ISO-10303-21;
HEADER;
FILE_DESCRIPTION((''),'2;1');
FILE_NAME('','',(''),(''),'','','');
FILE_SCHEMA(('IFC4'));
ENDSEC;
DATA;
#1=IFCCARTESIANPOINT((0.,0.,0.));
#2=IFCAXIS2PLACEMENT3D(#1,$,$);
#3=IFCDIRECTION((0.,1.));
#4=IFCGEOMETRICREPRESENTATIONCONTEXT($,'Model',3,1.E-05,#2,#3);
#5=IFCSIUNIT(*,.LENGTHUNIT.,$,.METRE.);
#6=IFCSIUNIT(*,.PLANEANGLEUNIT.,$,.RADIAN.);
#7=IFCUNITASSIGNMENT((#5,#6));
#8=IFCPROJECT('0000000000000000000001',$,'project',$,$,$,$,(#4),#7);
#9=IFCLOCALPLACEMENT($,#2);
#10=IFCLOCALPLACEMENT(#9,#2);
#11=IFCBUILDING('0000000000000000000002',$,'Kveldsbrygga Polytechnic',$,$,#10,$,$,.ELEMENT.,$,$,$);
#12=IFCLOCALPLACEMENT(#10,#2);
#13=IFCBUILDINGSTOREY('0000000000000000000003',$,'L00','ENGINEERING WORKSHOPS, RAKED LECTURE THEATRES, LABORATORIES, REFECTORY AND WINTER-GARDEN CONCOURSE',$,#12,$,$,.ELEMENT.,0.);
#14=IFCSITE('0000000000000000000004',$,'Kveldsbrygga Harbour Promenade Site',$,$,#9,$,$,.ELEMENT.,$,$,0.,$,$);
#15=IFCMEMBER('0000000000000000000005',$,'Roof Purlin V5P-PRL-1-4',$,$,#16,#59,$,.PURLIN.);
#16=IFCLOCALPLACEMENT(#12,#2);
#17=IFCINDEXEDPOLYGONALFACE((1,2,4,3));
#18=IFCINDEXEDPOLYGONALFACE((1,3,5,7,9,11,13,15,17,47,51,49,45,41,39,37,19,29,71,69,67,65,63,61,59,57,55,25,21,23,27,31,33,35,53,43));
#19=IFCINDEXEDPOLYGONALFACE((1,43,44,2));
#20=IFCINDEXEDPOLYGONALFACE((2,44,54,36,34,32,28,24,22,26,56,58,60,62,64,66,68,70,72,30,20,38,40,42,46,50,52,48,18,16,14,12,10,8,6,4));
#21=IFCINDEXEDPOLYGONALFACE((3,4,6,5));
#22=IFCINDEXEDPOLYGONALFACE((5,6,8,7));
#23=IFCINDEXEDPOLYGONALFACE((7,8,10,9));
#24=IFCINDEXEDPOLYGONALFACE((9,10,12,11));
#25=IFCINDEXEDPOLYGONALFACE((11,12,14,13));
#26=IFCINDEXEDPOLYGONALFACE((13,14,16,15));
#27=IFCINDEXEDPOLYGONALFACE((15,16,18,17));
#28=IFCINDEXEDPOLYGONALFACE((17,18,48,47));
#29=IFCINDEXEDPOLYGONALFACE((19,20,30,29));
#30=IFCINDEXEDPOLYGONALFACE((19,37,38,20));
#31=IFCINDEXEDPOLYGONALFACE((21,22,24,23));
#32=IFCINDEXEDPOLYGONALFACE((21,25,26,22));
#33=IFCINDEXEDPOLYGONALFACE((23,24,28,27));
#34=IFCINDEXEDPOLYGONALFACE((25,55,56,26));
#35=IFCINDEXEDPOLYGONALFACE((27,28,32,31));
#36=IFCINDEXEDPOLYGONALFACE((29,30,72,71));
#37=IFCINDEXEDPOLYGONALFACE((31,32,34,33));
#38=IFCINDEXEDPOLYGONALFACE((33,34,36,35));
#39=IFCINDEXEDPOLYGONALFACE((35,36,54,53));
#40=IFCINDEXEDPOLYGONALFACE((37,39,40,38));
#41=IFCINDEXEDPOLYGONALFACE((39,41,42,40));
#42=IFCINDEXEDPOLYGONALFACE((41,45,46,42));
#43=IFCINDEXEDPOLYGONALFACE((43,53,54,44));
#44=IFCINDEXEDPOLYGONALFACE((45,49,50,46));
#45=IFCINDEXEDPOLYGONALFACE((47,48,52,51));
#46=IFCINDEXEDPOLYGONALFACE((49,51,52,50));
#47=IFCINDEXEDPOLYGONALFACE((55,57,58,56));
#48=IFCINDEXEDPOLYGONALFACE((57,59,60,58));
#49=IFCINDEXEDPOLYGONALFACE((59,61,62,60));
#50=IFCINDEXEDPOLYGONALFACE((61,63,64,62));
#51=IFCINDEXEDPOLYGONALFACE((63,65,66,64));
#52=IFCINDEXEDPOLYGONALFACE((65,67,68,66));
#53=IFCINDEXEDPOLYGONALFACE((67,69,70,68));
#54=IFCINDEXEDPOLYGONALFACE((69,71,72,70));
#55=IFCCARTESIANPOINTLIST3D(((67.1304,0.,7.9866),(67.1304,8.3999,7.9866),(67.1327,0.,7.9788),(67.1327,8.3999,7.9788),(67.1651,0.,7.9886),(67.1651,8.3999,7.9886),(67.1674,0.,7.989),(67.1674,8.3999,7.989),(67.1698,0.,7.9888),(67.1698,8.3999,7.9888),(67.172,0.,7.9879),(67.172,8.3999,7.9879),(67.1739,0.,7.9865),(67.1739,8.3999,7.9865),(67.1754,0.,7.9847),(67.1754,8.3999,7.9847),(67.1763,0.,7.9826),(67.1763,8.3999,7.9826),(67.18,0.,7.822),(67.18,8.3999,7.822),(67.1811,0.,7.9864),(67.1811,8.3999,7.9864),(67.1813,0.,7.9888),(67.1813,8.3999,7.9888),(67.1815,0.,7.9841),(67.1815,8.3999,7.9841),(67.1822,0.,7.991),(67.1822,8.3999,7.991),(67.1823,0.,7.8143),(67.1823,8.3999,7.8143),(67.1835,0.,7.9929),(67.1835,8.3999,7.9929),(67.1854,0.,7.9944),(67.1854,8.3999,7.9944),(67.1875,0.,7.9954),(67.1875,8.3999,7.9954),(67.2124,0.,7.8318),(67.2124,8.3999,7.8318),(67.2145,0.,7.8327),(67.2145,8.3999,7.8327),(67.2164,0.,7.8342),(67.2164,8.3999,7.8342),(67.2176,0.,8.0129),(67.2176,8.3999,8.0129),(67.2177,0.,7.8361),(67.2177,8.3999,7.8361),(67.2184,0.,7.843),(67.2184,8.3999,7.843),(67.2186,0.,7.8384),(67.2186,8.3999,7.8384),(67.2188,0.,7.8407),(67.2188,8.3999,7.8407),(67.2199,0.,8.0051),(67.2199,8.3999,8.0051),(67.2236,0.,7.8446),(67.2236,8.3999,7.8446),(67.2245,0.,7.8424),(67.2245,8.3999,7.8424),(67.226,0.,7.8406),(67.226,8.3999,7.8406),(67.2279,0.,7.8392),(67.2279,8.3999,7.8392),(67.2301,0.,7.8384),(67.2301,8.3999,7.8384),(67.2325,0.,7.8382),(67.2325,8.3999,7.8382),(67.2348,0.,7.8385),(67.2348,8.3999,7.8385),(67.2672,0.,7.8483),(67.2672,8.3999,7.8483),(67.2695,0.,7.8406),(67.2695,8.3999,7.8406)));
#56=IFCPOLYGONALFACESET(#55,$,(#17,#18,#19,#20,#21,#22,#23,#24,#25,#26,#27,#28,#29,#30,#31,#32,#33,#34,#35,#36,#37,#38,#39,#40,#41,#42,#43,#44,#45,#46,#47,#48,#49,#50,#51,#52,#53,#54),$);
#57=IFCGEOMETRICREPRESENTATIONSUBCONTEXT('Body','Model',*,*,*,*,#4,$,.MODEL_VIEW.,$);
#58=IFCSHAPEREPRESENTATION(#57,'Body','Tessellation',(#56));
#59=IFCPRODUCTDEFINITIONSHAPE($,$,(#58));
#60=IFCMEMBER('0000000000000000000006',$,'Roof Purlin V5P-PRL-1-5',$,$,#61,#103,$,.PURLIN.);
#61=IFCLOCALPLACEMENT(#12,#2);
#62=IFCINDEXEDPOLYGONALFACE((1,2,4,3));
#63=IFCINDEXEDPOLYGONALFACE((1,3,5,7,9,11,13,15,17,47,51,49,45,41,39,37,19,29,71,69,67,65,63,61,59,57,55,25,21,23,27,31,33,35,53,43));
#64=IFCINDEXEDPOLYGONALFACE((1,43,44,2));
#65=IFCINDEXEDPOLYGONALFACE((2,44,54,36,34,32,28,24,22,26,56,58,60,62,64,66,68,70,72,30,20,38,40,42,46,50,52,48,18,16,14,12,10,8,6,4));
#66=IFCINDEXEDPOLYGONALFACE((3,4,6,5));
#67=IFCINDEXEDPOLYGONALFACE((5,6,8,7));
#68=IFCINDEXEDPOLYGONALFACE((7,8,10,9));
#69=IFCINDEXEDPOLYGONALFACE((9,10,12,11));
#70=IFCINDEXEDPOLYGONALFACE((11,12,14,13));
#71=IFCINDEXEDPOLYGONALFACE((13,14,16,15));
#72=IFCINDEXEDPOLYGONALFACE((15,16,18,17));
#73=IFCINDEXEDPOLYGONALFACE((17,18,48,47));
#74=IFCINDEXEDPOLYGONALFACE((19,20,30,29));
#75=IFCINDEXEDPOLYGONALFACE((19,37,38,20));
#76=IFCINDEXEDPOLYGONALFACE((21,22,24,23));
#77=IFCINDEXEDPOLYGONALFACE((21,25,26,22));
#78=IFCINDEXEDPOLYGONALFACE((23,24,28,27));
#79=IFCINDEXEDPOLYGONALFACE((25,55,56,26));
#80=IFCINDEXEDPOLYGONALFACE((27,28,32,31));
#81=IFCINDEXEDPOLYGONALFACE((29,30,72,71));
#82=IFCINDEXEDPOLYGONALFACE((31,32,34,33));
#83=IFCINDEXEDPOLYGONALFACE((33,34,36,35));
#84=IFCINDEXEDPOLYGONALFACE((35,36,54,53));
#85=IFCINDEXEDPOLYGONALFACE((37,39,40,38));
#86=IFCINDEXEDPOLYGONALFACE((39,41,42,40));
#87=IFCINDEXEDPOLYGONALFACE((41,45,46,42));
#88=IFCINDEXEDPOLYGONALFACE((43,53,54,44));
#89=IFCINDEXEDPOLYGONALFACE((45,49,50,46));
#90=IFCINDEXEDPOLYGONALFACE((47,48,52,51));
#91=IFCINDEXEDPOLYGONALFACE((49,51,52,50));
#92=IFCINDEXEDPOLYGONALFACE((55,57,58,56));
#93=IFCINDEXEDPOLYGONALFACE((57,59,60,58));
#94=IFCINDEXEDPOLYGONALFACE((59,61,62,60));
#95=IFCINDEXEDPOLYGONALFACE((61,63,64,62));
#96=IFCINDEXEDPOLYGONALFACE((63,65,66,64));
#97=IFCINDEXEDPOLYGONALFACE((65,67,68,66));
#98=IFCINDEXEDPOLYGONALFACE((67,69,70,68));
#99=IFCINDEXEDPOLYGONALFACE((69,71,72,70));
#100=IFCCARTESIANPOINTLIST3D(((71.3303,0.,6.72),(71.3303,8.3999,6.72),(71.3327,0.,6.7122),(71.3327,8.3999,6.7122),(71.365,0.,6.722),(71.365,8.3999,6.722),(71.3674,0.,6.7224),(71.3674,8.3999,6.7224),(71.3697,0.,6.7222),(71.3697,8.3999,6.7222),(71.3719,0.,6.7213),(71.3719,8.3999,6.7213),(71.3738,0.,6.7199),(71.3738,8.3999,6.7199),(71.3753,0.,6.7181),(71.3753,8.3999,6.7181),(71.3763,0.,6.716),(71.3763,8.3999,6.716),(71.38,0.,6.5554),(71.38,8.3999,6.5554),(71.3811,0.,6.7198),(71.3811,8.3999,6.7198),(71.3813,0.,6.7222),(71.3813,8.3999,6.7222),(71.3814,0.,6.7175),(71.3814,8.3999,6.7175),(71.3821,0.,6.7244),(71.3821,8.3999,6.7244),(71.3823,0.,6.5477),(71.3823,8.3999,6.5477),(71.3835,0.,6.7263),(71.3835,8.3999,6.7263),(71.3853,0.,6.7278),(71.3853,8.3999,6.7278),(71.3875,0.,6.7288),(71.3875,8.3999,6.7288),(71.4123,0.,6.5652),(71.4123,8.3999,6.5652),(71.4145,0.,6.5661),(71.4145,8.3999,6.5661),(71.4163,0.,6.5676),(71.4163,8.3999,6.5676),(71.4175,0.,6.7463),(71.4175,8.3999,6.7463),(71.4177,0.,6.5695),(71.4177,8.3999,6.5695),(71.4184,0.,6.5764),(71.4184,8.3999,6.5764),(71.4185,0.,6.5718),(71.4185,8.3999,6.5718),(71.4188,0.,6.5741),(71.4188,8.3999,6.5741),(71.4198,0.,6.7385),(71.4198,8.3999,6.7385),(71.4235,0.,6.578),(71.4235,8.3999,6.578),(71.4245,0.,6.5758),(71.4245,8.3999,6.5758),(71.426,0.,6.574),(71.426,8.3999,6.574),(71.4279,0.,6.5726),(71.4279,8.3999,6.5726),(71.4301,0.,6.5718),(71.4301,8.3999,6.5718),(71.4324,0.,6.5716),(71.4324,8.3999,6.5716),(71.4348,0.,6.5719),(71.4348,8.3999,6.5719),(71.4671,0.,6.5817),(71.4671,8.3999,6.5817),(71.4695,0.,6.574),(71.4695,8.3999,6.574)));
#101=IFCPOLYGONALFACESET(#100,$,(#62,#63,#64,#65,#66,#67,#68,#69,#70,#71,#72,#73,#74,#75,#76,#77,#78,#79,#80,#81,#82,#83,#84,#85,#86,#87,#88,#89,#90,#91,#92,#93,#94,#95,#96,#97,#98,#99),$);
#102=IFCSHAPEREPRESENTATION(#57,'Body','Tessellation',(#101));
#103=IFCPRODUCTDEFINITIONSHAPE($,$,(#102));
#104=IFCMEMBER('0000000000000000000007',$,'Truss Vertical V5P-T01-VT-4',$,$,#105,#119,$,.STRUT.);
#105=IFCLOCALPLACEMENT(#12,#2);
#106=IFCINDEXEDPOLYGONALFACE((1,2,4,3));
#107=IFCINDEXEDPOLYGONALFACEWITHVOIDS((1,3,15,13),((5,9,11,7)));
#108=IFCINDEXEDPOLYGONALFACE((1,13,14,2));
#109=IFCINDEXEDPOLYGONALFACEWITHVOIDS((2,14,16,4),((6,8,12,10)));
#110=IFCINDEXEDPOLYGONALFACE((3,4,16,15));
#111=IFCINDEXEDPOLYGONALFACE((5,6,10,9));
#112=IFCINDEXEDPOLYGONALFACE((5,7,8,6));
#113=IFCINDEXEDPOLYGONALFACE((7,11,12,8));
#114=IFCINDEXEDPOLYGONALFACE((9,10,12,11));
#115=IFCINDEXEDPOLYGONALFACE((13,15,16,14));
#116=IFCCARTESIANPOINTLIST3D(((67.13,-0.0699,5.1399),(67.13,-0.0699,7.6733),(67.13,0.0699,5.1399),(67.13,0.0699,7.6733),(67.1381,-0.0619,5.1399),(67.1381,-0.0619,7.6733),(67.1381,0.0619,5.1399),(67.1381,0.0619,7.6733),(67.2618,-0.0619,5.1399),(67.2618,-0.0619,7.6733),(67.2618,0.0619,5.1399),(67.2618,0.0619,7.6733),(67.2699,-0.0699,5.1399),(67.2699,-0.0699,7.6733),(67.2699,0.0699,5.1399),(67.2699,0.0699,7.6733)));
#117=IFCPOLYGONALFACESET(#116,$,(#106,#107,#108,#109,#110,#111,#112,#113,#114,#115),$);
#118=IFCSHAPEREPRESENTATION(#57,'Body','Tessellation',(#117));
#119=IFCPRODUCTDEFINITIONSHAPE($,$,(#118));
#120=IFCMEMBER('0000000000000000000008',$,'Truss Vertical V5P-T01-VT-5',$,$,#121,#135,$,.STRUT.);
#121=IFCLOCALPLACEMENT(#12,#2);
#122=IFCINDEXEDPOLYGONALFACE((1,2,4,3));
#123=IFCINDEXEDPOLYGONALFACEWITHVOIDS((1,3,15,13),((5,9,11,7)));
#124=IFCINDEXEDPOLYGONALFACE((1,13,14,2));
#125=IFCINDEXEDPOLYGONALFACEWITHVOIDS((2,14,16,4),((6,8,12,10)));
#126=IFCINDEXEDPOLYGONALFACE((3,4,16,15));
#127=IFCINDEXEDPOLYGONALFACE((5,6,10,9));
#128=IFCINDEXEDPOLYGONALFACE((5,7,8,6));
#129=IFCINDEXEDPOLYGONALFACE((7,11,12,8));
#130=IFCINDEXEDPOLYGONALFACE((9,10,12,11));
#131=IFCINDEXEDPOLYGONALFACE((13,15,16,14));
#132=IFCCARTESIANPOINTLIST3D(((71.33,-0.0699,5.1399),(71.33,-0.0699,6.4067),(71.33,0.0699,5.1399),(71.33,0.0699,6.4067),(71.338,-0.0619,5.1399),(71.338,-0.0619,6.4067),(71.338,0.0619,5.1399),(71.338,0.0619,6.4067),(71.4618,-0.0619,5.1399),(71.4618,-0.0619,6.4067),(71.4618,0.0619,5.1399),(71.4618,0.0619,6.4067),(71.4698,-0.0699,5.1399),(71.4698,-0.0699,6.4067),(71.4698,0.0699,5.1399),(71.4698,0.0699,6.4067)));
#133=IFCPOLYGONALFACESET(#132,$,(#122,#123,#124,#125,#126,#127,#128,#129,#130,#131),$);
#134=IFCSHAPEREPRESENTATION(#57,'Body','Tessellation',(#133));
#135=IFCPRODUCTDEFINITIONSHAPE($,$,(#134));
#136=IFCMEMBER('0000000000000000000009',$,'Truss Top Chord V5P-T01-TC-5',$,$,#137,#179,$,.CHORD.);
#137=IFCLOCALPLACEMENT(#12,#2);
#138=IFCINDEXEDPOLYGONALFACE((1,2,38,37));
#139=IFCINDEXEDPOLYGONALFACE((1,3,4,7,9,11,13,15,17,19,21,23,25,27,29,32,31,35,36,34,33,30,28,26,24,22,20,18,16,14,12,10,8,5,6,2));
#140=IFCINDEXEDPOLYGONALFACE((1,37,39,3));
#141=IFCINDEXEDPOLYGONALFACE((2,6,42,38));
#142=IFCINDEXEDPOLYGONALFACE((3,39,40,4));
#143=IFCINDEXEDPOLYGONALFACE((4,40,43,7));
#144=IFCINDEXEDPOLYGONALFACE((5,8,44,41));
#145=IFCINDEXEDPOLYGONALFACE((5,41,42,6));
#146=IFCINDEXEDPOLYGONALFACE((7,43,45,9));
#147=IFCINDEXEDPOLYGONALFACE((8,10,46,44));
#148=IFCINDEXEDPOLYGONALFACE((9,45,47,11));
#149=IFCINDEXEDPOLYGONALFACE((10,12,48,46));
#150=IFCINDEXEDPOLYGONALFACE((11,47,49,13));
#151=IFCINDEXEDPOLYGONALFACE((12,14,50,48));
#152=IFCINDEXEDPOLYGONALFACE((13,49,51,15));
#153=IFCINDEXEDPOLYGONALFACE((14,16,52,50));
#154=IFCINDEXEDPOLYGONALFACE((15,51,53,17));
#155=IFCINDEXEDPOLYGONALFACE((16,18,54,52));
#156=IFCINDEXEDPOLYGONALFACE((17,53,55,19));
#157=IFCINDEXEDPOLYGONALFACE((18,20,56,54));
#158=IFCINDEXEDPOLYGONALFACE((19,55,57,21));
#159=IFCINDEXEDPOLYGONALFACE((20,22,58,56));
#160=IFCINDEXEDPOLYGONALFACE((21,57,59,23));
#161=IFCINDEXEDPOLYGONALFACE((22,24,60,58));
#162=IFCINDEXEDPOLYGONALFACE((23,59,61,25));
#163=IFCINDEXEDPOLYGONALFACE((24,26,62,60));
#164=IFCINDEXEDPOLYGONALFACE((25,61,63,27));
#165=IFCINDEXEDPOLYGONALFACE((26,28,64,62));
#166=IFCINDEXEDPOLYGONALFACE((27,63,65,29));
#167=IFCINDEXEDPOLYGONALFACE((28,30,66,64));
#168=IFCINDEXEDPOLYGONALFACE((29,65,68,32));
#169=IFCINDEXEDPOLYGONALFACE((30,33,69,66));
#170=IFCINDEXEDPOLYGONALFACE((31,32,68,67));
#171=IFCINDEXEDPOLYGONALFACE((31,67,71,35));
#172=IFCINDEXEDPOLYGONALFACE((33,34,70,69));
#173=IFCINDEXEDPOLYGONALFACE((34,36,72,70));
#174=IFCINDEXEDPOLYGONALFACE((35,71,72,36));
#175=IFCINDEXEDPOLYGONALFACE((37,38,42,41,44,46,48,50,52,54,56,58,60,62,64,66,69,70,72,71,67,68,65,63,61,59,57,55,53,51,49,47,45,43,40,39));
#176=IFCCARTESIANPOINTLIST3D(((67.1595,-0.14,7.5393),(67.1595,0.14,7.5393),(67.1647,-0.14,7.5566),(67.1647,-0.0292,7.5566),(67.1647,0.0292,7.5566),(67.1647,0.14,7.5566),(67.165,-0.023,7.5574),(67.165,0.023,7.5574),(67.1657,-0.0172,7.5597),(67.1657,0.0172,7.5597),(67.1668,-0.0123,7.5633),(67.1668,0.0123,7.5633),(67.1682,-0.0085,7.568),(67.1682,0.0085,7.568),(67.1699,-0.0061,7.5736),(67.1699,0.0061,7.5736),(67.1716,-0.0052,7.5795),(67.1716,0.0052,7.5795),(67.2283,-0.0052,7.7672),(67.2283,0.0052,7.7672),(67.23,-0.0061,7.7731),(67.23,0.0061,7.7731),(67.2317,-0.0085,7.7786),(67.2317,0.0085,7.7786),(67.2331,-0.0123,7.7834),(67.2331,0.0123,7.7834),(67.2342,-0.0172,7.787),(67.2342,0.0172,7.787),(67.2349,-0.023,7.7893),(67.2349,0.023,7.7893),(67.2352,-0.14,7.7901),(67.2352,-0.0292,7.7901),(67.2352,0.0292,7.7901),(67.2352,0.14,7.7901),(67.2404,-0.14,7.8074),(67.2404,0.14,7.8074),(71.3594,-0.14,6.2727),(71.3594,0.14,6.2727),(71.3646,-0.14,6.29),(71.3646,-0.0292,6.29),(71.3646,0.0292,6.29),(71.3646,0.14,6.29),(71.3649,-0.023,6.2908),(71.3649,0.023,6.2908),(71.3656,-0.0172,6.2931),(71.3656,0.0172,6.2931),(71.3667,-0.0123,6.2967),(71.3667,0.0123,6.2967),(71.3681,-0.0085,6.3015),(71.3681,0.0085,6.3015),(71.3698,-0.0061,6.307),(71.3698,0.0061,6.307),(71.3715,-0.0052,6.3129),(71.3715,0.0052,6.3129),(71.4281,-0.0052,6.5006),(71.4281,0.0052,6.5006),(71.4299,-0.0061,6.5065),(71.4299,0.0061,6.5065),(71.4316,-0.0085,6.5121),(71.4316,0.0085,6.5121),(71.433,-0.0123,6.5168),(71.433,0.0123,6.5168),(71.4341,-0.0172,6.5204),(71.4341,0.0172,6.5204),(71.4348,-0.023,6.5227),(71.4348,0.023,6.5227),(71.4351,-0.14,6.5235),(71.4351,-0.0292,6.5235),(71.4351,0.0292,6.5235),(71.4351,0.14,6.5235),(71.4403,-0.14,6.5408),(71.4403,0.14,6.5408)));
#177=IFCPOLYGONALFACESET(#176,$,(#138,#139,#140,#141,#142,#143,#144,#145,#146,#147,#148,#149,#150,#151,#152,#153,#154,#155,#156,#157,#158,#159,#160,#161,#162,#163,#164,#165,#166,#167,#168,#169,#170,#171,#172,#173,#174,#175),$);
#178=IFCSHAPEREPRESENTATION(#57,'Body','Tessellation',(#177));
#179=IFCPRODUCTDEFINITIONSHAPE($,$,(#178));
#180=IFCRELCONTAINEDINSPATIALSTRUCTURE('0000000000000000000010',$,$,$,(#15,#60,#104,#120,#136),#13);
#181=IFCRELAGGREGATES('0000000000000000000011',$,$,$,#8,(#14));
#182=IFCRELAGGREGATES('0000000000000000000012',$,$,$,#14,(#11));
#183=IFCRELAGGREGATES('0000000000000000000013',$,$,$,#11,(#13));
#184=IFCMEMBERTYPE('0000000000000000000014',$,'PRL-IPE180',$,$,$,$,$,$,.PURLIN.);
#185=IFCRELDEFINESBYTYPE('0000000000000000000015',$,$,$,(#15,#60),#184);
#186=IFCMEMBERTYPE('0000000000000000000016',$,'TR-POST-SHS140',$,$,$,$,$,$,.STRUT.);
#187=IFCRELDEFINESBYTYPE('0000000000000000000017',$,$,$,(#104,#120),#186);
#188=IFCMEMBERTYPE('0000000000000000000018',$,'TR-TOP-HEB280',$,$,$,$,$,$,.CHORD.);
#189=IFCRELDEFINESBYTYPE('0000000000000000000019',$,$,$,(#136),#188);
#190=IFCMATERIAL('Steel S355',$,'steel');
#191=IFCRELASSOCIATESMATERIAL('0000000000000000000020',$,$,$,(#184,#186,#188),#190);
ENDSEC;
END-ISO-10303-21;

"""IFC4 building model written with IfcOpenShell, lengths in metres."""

from ifc_helpers import new_model, si_unit, direction, frame, origin, origin_2d, place, context, subcontext, project, spatial, hollow_rectangle, i_section, extrude, material, material_profile, profile_set, type_object, element, save


model = new_model("IFC4")

# Units and contexts
model_context = context("Model", 3, precision=1e-05, world=origin(), true_north=direction((0.0, 1.0)))
body_context = subcontext(model_context, "Body", "Model", "MODEL_VIEW")
ifc_project = project(units=[si_unit("LENGTHUNIT", "METRE"), si_unit("PLANEANGLEUNIT", "RADIAN")], contexts=[model_context])

# Site, building, storey
site_placement = place(None, origin())
site = spatial("IfcSite", under=ifc_project, at=site_placement, Name="Kveldsbrygga Harbour Promenade Site", CompositionType="ELEMENT", RefElevation=0.0)
building_placement = place(site_placement, origin())
building = spatial("IfcBuilding", under=site, at=building_placement, Name="Kveldsbrygga Polytechnic", CompositionType="ELEMENT")
storey_placement = place(building_placement, origin())
storey = spatial("IfcBuildingStorey", under=building, at=storey_placement, Name="L00", Description="ENGINEERING WORKSHOPS, RAKED LECTURE THEATRES, LABORATORIES, REFECTORY AND WINTER-GARDEN CONCOURSE", CompositionType="ELEMENT", Elevation=0.0)

# Shared definitions
ifc_material_1 = material(Name="Steel S355", Category="steel")

# Members
ifc_material_profile_1 = material_profile(ifc_material_1, i_section(OverallWidth=0.0911, OverallDepth=0.1799, WebThickness=0.0054, FlangeThickness=0.0081, FilletRadius=0.009, at=origin_2d()), Name="IPE 180")
ifc_profile_set_1 = profile_set([ifc_material_profile_1], Name="Steel S355")
member_type_1 = type_object("IfcMemberType", Name="PRL-IPE180", PredefinedType="PURLIN", material=ifc_profile_set_1)
for number, where, z_axis, x_axis, name in (
    (1, (67.2, 0.0, 7.9136), (0.0, 1.0, 0.0), (-0.957407, 0.0, -0.288741), "Roof Purlin V5P-PRL-1-4"),
    (2, (71.3999, 0.0, 6.647), (0.0, 1.0, 0.0), (-0.957407, 0.0, -0.288741), "Roof Purlin V5P-PRL-1-5"),
):
    element("IfcMember", number, at=place(storey_placement, frame(where, z_axis=z_axis, x_axis=x_axis)), inside=storey, type_object=member_type_1, Name=name, PredefinedType="PURLIN", context=body_context, shape_type="SweptSolid", body=[
        extrude(i_section(OverallWidth=0.0911, OverallDepth=0.1799, WebThickness=0.0054, FlangeThickness=0.0081, FilletRadius=0.009, at=origin_2d()), origin(), (0.0, 0.0, 1.0), 8.3999),
    ])
ifc_material_profile_2 = material_profile(ifc_material_1, hollow_rectangle(XDim=0.1399, YDim=0.1399, WallThickness=0.0081, at=origin_2d()), Name="SHS 140x140x8.0")
ifc_profile_set_2 = profile_set([ifc_material_profile_2], Name="Steel S355")
member_type_2 = type_object("IfcMemberType", Name="TR-POST-SHS140", PredefinedType="STRUT", material=ifc_profile_set_2)
member_1_placement = place(storey_placement, frame((67.2, 0.0, 5.1399), z_axis=(0.0, 0.0, 1.0), x_axis=(1.0, 0.0, 0.0)))
element("IfcMember", 3, at=member_1_placement, inside=storey, type_object=member_type_2, Name="Truss Vertical V5P-T01-VT-4", PredefinedType="STRUT", context=body_context, shape_type="SweptSolid", body=[
    extrude(hollow_rectangle(XDim=0.1399, YDim=0.1399, WallThickness=0.0081, at=origin_2d()), origin(), (0.0, 0.0, 1.0), 2.5334),
])
member_2_placement = place(storey_placement, frame((71.3999, 0.0, 5.1399), z_axis=(0.0, 0.0, 1.0), x_axis=(1.0, 0.0, 0.0)))
element("IfcMember", 4, at=member_2_placement, inside=storey, type_object=member_type_2, Name="Truss Vertical V5P-T01-VT-5", PredefinedType="STRUT", context=body_context, shape_type="SweptSolid", body=[
    extrude(hollow_rectangle(XDim=0.1399, YDim=0.1399, WallThickness=0.0081, at=origin_2d()), origin(), (0.0, 0.0, 1.0), 1.2668),
])
ifc_material_profile_3 = material_profile(ifc_material_1, i_section(OverallWidth=0.28, OverallDepth=0.28, WebThickness=0.0105, FlangeThickness=0.0181, FilletRadius=0.0239, at=origin_2d()), Name="HEB 280")
ifc_profile_set_3 = profile_set([ifc_material_profile_3], Name="Steel S355")
member_type_3 = type_object("IfcMemberType", Name="TR-TOP-HEB280", PredefinedType="CHORD", material=ifc_profile_set_3)
member_3_placement = place(storey_placement, frame((67.2, 0.0, 7.6733), z_axis=(0.95741, 0.0, -0.288731), x_axis=(0.0, 1.0, 0.0)))
element("IfcMember", 5, at=member_3_placement, inside=storey, type_object=member_type_3, Name="Truss Top Chord V5P-T01-TC-5", PredefinedType="CHORD", context=body_context, shape_type="SweptSolid", body=[
    extrude(i_section(OverallWidth=0.28, OverallDepth=0.28, WebThickness=0.0105, FlangeThickness=0.0181, FilletRadius=0.0239, at=origin_2d()), origin(), (0.0, 0.0, 1.0), 4.3867),
])

save(model, "model.ifc")
